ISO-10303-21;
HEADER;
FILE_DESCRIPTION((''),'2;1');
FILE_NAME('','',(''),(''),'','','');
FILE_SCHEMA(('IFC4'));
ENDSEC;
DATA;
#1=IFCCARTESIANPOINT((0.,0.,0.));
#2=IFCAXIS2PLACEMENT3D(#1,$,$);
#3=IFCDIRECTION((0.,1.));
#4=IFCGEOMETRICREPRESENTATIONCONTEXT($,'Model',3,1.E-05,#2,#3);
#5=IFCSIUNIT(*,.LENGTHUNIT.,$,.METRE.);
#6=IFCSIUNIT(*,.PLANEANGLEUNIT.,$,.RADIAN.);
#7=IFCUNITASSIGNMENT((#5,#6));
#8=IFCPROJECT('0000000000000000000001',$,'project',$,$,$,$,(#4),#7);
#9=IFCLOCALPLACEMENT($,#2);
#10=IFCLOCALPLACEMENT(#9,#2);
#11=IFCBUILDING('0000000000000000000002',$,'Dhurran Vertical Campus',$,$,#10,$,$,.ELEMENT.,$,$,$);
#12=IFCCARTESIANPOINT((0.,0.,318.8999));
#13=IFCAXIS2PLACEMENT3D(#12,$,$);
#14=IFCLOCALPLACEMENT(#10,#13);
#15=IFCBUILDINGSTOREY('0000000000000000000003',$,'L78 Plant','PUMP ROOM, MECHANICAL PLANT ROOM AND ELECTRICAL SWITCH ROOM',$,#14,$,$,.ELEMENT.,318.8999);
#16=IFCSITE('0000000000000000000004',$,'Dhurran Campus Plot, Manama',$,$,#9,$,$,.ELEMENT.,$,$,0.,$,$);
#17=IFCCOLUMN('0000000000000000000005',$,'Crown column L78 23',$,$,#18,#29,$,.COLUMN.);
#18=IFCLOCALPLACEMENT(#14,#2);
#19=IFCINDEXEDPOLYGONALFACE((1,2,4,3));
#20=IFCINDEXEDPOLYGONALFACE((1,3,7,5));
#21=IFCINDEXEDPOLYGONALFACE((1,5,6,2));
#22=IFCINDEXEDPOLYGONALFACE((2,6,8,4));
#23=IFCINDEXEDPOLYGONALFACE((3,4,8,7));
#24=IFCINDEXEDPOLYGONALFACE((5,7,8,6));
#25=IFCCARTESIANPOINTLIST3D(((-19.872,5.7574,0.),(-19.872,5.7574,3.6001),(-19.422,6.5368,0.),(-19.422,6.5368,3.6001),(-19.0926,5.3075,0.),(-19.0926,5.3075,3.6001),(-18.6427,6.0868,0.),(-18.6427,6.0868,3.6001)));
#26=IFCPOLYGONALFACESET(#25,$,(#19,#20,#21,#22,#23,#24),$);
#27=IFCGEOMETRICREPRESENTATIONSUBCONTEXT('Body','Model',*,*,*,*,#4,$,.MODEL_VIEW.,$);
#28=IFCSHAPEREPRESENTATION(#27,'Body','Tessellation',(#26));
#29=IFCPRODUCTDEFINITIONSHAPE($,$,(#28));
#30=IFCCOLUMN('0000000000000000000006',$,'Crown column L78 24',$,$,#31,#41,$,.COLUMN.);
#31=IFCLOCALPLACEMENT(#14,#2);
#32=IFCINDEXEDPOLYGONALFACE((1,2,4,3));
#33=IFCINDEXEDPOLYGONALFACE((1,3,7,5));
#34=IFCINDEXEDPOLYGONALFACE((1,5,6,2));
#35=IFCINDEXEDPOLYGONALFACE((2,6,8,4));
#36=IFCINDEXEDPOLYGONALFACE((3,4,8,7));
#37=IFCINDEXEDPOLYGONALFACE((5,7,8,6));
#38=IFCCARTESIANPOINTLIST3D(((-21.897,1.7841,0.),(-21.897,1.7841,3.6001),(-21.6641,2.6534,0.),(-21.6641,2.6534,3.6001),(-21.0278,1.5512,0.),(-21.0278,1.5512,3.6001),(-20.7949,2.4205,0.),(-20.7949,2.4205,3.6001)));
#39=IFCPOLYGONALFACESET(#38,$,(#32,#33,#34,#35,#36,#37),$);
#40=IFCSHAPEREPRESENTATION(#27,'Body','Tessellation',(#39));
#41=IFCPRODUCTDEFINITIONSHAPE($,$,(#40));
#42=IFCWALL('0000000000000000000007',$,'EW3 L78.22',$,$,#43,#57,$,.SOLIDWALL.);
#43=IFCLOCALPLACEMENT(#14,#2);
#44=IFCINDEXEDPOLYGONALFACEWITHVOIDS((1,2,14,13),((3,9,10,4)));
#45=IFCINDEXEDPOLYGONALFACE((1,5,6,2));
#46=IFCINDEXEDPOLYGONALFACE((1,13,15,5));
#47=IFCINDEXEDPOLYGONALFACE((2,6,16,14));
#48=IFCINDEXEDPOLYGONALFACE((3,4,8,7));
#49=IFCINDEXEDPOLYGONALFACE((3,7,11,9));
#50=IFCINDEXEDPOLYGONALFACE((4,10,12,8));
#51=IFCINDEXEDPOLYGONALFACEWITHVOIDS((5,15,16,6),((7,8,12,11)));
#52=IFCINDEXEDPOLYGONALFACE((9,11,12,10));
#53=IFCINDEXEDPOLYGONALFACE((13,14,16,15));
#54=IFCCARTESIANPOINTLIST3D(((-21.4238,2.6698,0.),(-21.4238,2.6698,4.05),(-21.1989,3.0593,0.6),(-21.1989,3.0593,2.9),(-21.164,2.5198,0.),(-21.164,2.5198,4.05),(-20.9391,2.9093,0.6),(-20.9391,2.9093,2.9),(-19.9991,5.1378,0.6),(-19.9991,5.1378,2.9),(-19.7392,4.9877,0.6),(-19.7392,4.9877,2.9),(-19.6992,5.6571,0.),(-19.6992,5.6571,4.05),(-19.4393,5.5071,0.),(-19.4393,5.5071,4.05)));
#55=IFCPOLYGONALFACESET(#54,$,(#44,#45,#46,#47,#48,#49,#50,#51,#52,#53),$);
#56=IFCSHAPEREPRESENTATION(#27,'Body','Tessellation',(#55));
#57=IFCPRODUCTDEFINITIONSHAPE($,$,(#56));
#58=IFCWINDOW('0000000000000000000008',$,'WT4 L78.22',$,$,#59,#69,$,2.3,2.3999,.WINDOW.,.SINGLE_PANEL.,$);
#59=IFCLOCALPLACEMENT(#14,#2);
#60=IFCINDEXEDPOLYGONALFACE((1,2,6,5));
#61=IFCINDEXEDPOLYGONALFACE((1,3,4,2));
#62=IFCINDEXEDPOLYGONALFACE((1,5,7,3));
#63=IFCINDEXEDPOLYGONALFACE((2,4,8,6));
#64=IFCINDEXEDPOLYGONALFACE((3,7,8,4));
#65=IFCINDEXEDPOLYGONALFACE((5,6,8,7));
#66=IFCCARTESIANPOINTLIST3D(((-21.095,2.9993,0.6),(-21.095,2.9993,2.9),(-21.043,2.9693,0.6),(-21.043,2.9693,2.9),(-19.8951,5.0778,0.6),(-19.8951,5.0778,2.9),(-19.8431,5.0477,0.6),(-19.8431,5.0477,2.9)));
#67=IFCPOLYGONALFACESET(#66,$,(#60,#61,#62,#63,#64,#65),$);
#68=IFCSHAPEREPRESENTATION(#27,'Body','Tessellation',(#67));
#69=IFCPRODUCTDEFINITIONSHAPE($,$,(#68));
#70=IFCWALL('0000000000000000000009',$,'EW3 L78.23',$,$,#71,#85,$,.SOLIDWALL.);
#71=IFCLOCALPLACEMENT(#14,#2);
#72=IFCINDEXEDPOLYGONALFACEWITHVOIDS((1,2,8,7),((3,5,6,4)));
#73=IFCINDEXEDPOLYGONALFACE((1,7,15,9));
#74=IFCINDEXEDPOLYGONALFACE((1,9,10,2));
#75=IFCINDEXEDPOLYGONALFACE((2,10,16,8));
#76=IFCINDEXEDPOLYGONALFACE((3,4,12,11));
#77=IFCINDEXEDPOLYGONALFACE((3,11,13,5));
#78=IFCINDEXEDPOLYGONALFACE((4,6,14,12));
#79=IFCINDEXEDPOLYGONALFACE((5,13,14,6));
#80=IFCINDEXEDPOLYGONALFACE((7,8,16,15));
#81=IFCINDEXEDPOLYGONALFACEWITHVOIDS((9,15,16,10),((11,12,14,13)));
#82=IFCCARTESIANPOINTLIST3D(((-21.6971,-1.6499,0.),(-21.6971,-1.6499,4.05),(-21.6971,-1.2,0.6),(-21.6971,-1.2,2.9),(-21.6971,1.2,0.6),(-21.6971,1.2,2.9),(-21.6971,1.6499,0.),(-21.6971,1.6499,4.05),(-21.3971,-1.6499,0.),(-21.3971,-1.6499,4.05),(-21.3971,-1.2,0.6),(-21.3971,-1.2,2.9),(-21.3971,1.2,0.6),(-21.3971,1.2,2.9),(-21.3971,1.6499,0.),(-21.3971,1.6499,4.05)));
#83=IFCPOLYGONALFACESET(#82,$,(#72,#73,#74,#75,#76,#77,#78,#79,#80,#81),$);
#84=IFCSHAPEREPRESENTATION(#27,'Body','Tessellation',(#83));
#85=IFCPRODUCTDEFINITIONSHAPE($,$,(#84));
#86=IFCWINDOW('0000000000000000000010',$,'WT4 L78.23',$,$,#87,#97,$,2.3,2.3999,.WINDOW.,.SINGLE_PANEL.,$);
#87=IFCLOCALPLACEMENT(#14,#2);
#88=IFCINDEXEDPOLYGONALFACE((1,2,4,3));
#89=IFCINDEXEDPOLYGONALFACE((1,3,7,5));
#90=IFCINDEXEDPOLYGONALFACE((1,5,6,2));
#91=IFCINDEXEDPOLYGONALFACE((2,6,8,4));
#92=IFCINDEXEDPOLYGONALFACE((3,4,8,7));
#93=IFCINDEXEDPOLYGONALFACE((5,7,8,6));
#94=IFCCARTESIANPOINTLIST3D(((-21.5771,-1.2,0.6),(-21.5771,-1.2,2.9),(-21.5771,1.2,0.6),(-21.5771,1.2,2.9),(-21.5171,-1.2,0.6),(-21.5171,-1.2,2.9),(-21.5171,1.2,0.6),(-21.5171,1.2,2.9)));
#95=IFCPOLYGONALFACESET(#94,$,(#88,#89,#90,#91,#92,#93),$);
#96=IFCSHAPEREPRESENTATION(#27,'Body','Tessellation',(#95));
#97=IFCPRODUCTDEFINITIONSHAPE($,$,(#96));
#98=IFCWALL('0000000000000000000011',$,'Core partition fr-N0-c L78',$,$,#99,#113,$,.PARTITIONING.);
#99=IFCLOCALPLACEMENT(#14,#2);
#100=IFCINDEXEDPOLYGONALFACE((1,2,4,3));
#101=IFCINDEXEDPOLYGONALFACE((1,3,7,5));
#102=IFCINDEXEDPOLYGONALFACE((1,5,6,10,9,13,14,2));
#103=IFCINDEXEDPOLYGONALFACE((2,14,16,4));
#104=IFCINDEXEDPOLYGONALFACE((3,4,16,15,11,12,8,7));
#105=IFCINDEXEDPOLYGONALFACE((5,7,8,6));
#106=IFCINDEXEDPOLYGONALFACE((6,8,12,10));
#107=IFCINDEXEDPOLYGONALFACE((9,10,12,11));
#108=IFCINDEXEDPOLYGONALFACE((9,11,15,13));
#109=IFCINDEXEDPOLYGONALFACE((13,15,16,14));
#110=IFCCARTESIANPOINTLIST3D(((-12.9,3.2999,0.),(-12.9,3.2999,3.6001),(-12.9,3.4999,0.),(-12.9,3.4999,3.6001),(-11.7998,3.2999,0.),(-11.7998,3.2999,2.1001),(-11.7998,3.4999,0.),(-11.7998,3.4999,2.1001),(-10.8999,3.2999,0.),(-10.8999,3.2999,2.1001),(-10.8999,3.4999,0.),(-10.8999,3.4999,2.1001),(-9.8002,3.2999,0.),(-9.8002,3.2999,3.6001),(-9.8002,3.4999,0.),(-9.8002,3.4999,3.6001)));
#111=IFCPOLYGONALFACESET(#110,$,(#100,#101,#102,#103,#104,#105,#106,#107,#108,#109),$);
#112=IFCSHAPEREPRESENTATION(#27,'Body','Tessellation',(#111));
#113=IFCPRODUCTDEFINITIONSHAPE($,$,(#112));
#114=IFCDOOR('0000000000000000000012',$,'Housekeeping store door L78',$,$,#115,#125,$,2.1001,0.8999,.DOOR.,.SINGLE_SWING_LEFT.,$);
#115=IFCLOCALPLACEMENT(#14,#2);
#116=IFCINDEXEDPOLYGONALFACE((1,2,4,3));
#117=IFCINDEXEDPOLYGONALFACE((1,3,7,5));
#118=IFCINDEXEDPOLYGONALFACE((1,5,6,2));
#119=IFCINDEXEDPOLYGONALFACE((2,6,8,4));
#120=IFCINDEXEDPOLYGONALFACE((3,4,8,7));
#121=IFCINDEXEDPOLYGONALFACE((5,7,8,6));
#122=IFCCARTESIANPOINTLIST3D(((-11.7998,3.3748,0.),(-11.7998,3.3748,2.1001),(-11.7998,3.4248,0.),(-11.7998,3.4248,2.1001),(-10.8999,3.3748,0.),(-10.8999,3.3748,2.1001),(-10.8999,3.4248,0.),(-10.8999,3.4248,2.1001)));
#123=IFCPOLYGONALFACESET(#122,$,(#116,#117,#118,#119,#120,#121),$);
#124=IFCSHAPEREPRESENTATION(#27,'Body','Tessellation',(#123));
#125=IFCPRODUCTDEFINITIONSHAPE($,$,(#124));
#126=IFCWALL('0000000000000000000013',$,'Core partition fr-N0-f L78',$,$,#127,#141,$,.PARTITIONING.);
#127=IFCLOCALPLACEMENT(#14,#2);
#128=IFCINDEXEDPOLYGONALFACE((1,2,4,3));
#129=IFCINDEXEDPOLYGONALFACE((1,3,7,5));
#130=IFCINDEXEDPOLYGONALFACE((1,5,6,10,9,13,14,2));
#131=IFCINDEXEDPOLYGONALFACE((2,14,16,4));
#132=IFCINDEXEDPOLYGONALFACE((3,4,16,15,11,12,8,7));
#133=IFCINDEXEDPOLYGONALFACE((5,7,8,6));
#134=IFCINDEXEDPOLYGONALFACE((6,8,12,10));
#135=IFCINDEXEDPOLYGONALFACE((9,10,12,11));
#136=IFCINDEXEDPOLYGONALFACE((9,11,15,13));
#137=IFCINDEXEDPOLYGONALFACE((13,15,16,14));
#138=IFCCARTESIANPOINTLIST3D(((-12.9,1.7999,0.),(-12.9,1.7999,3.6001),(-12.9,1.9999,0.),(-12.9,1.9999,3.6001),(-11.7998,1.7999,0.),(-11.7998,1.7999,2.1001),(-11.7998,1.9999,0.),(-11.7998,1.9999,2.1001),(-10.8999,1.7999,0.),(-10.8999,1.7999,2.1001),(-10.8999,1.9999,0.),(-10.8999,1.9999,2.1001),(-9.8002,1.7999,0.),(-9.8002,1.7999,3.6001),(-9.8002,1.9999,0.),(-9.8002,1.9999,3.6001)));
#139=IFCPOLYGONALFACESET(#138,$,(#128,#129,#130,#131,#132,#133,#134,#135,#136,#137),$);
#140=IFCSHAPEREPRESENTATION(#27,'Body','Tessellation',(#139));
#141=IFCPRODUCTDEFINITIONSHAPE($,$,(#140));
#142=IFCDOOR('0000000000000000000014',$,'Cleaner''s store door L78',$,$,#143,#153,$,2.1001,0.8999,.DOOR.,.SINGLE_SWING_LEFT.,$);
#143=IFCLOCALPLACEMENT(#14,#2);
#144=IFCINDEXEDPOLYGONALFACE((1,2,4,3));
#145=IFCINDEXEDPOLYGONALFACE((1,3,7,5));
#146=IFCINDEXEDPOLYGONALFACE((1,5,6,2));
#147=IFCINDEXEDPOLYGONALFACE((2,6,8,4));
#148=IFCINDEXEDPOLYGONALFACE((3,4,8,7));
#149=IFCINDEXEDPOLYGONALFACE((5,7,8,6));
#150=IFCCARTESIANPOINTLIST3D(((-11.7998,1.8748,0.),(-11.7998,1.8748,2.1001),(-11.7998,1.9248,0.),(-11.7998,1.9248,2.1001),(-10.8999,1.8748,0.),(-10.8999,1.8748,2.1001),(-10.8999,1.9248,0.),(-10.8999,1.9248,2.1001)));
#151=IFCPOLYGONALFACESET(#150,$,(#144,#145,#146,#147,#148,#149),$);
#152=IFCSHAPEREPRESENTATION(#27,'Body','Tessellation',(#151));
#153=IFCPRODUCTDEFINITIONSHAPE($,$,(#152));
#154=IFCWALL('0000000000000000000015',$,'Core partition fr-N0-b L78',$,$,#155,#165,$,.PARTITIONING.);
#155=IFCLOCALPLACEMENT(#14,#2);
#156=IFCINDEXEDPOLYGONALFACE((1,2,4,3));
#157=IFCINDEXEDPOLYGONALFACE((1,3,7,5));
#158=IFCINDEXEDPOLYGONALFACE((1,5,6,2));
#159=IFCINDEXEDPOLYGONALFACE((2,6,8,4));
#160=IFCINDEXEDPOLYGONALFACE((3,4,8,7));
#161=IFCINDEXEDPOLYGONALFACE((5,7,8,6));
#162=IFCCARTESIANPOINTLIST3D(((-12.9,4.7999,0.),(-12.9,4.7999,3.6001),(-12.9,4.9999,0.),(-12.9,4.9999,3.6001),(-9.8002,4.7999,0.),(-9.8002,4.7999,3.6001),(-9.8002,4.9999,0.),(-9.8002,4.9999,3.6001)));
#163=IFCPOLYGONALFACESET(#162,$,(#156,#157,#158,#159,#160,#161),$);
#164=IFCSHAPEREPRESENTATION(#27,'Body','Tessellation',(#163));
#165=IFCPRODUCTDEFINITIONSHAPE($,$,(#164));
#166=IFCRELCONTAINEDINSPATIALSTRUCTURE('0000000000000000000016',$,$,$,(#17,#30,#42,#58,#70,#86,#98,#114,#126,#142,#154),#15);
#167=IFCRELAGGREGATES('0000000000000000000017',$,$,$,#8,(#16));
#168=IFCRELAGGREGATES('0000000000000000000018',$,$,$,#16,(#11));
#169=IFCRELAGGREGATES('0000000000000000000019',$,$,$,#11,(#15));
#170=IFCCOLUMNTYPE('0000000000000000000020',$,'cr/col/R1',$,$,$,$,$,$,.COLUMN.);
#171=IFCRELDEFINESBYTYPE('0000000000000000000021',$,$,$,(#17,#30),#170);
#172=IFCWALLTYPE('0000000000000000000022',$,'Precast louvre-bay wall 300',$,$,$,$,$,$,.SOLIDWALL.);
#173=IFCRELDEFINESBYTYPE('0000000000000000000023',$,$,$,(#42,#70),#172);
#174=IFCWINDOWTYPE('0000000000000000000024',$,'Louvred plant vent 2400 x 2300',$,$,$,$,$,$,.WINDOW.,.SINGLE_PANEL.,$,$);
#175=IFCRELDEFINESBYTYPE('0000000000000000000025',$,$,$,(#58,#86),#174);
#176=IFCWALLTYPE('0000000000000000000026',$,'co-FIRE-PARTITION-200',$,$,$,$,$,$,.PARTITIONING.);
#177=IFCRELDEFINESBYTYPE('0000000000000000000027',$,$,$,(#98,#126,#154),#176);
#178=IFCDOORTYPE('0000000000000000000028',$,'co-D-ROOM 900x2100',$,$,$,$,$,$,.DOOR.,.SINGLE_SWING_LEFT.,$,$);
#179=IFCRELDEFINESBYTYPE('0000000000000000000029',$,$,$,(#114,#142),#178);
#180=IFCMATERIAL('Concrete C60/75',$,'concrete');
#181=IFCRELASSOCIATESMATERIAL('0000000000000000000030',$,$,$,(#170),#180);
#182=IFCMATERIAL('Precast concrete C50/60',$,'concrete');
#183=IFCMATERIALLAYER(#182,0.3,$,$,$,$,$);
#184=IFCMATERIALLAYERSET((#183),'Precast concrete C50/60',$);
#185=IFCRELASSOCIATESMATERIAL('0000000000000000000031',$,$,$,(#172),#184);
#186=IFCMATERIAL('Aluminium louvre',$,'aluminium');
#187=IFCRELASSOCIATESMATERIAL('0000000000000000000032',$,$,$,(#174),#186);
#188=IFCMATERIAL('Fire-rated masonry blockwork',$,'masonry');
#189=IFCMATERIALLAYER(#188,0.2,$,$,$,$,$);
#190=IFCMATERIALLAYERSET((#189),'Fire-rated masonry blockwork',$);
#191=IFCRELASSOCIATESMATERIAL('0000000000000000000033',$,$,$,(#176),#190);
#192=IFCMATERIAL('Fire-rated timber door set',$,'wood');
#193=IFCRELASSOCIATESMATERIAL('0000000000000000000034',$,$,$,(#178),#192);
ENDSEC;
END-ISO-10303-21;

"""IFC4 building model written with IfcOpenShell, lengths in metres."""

from ifc_helpers import new_model, si_unit, direction, frame, frame_2d, origin, origin_2d, place, context, subcontext, project, spatial, rectangle, extrude, material, layer, layer_set, material_profile, profile_set, type_object, element, fill, save


model = new_model("IFC4")

# Units and contexts
model_context = context("Model", 3, precision=1e-05, world=origin(), true_north=direction((0.0, 1.0)))
body_context = subcontext(model_context, "Body", "Model", "MODEL_VIEW")
ifc_project = project(units=[si_unit("LENGTHUNIT", "METRE"), si_unit("PLANEANGLEUNIT", "RADIAN")], contexts=[model_context])

# Site, building, storey
site_placement = place(None, origin())
site = spatial("IfcSite", under=ifc_project, at=site_placement, Name="Dhurran Campus Plot, Manama", CompositionType="ELEMENT", RefElevation=0.0)
building_placement = place(site_placement, origin())
building = spatial("IfcBuilding", under=site, at=building_placement, Name="Dhurran Vertical Campus", CompositionType="ELEMENT")
storey_placement = place(building_placement, frame((0.0, 0.0, 318.8999)))
storey = spatial("IfcBuildingStorey", under=building, at=storey_placement, Name="L78 Plant", Description="PUMP ROOM, MECHANICAL PLANT ROOM AND ELECTRICAL SWITCH ROOM", CompositionType="ELEMENT", Elevation=318.8999)

# Columns
ifc_material_1 = material(Name="Concrete C60/75", Category="concrete")
ifc_material_profile = material_profile(ifc_material_1, rectangle(XDim=0.8999, YDim=0.8999, at=origin_2d()), Name="cr/col/R1")
ifc_profile_set = profile_set([ifc_material_profile], Name="Concrete C60/75")
column_type = type_object("IfcColumnType", Name="cr/col/R1", PredefinedType="COLUMN", material=ifc_profile_set)
for number, where, z_axis, x_axis, name in (
    (1, (-19.2573, 5.9221, 0.0), (0.0, 0.0, 1.0), (-0.5, -0.866025, 0.0), "Crown column L78 23"),
    (2, (-21.3459, 2.1023, 0.0), (0.0, 0.0, 1.0), (-0.258819, -0.965926, 0.0), "Crown column L78 24"),
):
    element("IfcColumn", number, at=place(storey_placement, frame(where, z_axis=z_axis, x_axis=x_axis)), inside=storey, type_object=column_type, Name=name, PredefinedType="COLUMN", context=body_context, shape_type="SweptSolid", body=[
        extrude(rectangle(XDim=0.8999, YDim=0.8999, at=origin_2d()), origin(), (0.0, 0.0, 1.0), 3.6001),
    ])

# Walls, openings, windows
ifc_material_2 = material(Name="Precast concrete C50/60", Category="concrete")
ifc_layer_1 = layer(ifc_material_2, 0.3)
ifc_layer_set_1 = layer_set([ifc_layer_1], Name="Precast concrete C50/60")
wall_type_1 = type_object("IfcWallType", Name="Precast louvre-bay wall 300", PredefinedType="SOLIDWALL", material=ifc_layer_set_1)
wall_1_placement = place(storey_placement, frame((-19.5693, 5.582, 0.0), z_axis=(0.0, 0.0, 1.0), x_axis=(-0.499976, -0.866039, 0.0)))
wall_1 = element("IfcWall", 3, at=wall_1_placement, inside=storey, type_object=wall_type_1, Name="EW3 L78.22", PredefinedType="SOLIDWALL", context=body_context, shape_type="SweptSolid", body=[
    extrude(rectangle(XDim=3.4495, YDim=0.3, at=frame_2d((1.7246, 0.0))), origin(), (0.0, 0.0, 1.0), 4.05),
])
opening_1_placement = place(wall_1_placement, frame((0.5996, 0.0, 0.6001)))
opening_1 = element("IfcOpeningElement", 4, at=opening_1_placement, cuts=wall_1, PredefinedType="OPENING", context=body_context, shape_type="SweptSolid", body=[
    extrude(rectangle(XDim=2.3999, YDim=2.3, at=frame_2d((1.2, 1.1499))), frame((0.0, 0.1599, 0.0), z_axis=(0.0, -1.0, 0.0), x_axis=(1.0, 0.0, 0.0)), (0.0, 0.0, 1.0), 0.3201),
])
ifc_material_3 = material(Name="Aluminium louvre", Category="aluminium")
window_type = type_object("IfcWindowType", Name="Louvred plant vent 2400 x 2300", PartitioningType="SINGLE_PANEL", PredefinedType="WINDOW", material=ifc_material_3)
window_1_placement = place(opening_1_placement, origin())
window_1 = element("IfcWindow", 5, at=window_1_placement, inside=storey, type_object=window_type, Name="WT4 L78.22", OverallHeight=2.3, OverallWidth=2.3999, PartitioningType="SINGLE_PANEL", PredefinedType="WINDOW", context=body_context, shape_type="SweptSolid", body=[
    extrude(rectangle(XDim=2.3999, YDim=2.3, at=frame_2d((1.2, 1.1499))), frame((0.0, 0.03, 0.0), z_axis=(0.0, -1.0, 0.0), x_axis=(1.0, 0.0, 0.0)), (0.0, 0.0, 1.0), 0.0601),
])
fill(opening_1, window_1)
wall_2_placement = place(storey_placement, frame((-21.5471, 1.6499, 0.0), z_axis=(0.0, 0.0, 1.0), x_axis=(0.0, -1.0, 0.0)))
wall_2 = element("IfcWall", 6, at=wall_2_placement, inside=storey, type_object=wall_type_1, Name="EW3 L78.23", PredefinedType="SOLIDWALL", context=body_context, shape_type="SweptSolid", body=[
    extrude(rectangle(XDim=3.2998, YDim=0.3, at=frame_2d((1.6499, 0.0))), origin(), (0.0, 0.0, 1.0), 4.05),
])
opening_2_placement = place(wall_2_placement, frame((0.45, 0.0, 0.6001)))
opening_2 = element("IfcOpeningElement", 7, at=opening_2_placement, cuts=wall_2, PredefinedType="OPENING", context=body_context, shape_type="SweptSolid", body=[
    extrude(rectangle(XDim=2.3999, YDim=2.3, at=frame_2d((1.2, 1.1499))), frame((0.0, 0.1599, 0.0), z_axis=(0.0, -1.0, 0.0), x_axis=(1.0, 0.0, 0.0)), (0.0, 0.0, 1.0), 0.3201),
])
window_2_placement = place(opening_2_placement, origin())
window_2 = element("IfcWindow", 8, at=window_2_placement, inside=storey, type_object=window_type, Name="WT4 L78.23", OverallHeight=2.3, OverallWidth=2.3999, PartitioningType="SINGLE_PANEL", PredefinedType="WINDOW", context=body_context, shape_type="SweptSolid", body=[
    extrude(rectangle(XDim=2.3999, YDim=2.3, at=frame_2d((1.2, 1.1499))), frame((0.0, 0.03, 0.0), z_axis=(0.0, -1.0, 0.0), x_axis=(1.0, 0.0, 0.0)), (0.0, 0.0, 1.0), 0.0601),
])
fill(opening_2, window_2)

# Walls, openings, doors
ifc_material_4 = material(Name="Fire-rated masonry blockwork", Category="masonry")
ifc_layer_2 = layer(ifc_material_4, 0.2)
ifc_layer_set_2 = layer_set([ifc_layer_2], Name="Fire-rated masonry blockwork")
wall_type_2 = type_object("IfcWallType", Name="co-FIRE-PARTITION-200", PredefinedType="PARTITIONING", material=ifc_layer_set_2)
wall_3_placement = place(storey_placement, frame((-12.8999, 3.3999, 0.0), z_axis=(0.0, 0.0, 1.0), x_axis=(1.0, 0.0, 0.0)))
wall_3 = element("IfcWall", 9, at=wall_3_placement, inside=storey, type_object=wall_type_2, Name="Core partition fr-N0-c L78", PredefinedType="PARTITIONING", context=body_context, shape_type="SweptSolid", body=[
    extrude(rectangle(XDim=3.0999, YDim=0.2, at=frame_2d((1.5498, 0.0))), origin(), (0.0, 0.0, 1.0), 3.6001),
])
opening_3_placement = place(wall_3_placement, frame((1.1001, 0.0, 0.0)))
opening_3 = element("IfcOpeningElement", 10, at=opening_3_placement, cuts=wall_3, PredefinedType="OPENING", context=body_context, shape_type="SweptSolid", body=[
    extrude(rectangle(XDim=0.8999, YDim=2.1001, at=frame_2d((0.45, 1.05))), frame((0.0, 0.1099, 0.0), z_axis=(0.0, -1.0, 0.0), x_axis=(1.0, 0.0, 0.0)), (0.0, 0.0, 1.0), 0.22),
])
ifc_material_5 = material(Name="Fire-rated timber door set", Category="wood")
door_type_1 = type_object("IfcDoorType", Name="co-D-ROOM 900x2100", OperationType="SINGLE_SWING_LEFT", PredefinedType="DOOR", material=ifc_material_5)
door_1_placement = place(opening_3_placement, origin())
door_1 = element("IfcDoor", 11, at=door_1_placement, inside=storey, type_object=door_type_1, Name="Housekeeping store door L78", OperationType="SINGLE_SWING_LEFT", OverallHeight=2.1001, OverallWidth=0.8999, PredefinedType="DOOR", context=body_context, shape_type="SweptSolid", body=[
    extrude(rectangle(XDim=0.8999, YDim=2.1001, at=frame_2d((0.45, 1.05))), frame((0.0, 0.0249, 0.0), z_axis=(0.0, -1.0, 0.0), x_axis=(1.0, 0.0, 0.0)), (0.0, 0.0, 1.0), 0.05),
])
fill(opening_3, door_1)
wall_4_placement = place(storey_placement, frame((-12.8999, 1.8999, 0.0), z_axis=(0.0, 0.0, 1.0), x_axis=(1.0, 0.0, 0.0)))
wall_4 = element("IfcWall", 12, at=wall_4_placement, inside=storey, type_object=wall_type_2, Name="Core partition fr-N0-f L78", PredefinedType="PARTITIONING", context=body_context, shape_type="SweptSolid", body=[
    extrude(rectangle(XDim=3.0999, YDim=0.2, at=frame_2d((1.5498, 0.0))), origin(), (0.0, 0.0, 1.0), 3.6001),
])
opening_4_placement = place(wall_4_placement, frame((1.1001, 0.0, 0.0)))
opening_4 = element("IfcOpeningElement", 13, at=opening_4_placement, cuts=wall_4, PredefinedType="OPENING", context=body_context, shape_type="SweptSolid", body=[
    extrude(rectangle(XDim=0.8999, YDim=2.1001, at=frame_2d((0.45, 1.05))), frame((0.0, 0.1099, 0.0), z_axis=(0.0, -1.0, 0.0), x_axis=(1.0, 0.0, 0.0)), (0.0, 0.0, 1.0), 0.22),
])
door_2_placement = place(opening_4_placement, origin())
door_2 = element("IfcDoor", 14, at=door_2_placement, inside=storey, type_object=door_type_1, Name="Cleaner's store door L78", OperationType="SINGLE_SWING_LEFT", OverallHeight=2.1001, OverallWidth=0.8999, PredefinedType="DOOR", context=body_context, shape_type="SweptSolid", body=[
    extrude(rectangle(XDim=0.8999, YDim=2.1001, at=frame_2d((0.45, 1.05))), frame((0.0, 0.0249, 0.0), z_axis=(0.0, -1.0, 0.0), x_axis=(1.0, 0.0, 0.0)), (0.0, 0.0, 1.0), 0.05),
])
fill(opening_4, door_2)

# Wall
wall_5_placement = place(storey_placement, frame((-12.8999, 4.8999, 0.0), z_axis=(0.0, 0.0, 1.0), x_axis=(1.0, 0.0, 0.0)))
element("IfcWall", 15, at=wall_5_placement, inside=storey, type_object=wall_type_2, Name="Core partition fr-N0-b L78", PredefinedType="PARTITIONING", context=body_context, shape_type="SweptSolid", body=[
    extrude(rectangle(XDim=3.0999, YDim=0.2, at=frame_2d((1.5498, 0.0))), origin(), (0.0, 0.0, 1.0), 3.6001),
])

save(model, "model.ifc")
